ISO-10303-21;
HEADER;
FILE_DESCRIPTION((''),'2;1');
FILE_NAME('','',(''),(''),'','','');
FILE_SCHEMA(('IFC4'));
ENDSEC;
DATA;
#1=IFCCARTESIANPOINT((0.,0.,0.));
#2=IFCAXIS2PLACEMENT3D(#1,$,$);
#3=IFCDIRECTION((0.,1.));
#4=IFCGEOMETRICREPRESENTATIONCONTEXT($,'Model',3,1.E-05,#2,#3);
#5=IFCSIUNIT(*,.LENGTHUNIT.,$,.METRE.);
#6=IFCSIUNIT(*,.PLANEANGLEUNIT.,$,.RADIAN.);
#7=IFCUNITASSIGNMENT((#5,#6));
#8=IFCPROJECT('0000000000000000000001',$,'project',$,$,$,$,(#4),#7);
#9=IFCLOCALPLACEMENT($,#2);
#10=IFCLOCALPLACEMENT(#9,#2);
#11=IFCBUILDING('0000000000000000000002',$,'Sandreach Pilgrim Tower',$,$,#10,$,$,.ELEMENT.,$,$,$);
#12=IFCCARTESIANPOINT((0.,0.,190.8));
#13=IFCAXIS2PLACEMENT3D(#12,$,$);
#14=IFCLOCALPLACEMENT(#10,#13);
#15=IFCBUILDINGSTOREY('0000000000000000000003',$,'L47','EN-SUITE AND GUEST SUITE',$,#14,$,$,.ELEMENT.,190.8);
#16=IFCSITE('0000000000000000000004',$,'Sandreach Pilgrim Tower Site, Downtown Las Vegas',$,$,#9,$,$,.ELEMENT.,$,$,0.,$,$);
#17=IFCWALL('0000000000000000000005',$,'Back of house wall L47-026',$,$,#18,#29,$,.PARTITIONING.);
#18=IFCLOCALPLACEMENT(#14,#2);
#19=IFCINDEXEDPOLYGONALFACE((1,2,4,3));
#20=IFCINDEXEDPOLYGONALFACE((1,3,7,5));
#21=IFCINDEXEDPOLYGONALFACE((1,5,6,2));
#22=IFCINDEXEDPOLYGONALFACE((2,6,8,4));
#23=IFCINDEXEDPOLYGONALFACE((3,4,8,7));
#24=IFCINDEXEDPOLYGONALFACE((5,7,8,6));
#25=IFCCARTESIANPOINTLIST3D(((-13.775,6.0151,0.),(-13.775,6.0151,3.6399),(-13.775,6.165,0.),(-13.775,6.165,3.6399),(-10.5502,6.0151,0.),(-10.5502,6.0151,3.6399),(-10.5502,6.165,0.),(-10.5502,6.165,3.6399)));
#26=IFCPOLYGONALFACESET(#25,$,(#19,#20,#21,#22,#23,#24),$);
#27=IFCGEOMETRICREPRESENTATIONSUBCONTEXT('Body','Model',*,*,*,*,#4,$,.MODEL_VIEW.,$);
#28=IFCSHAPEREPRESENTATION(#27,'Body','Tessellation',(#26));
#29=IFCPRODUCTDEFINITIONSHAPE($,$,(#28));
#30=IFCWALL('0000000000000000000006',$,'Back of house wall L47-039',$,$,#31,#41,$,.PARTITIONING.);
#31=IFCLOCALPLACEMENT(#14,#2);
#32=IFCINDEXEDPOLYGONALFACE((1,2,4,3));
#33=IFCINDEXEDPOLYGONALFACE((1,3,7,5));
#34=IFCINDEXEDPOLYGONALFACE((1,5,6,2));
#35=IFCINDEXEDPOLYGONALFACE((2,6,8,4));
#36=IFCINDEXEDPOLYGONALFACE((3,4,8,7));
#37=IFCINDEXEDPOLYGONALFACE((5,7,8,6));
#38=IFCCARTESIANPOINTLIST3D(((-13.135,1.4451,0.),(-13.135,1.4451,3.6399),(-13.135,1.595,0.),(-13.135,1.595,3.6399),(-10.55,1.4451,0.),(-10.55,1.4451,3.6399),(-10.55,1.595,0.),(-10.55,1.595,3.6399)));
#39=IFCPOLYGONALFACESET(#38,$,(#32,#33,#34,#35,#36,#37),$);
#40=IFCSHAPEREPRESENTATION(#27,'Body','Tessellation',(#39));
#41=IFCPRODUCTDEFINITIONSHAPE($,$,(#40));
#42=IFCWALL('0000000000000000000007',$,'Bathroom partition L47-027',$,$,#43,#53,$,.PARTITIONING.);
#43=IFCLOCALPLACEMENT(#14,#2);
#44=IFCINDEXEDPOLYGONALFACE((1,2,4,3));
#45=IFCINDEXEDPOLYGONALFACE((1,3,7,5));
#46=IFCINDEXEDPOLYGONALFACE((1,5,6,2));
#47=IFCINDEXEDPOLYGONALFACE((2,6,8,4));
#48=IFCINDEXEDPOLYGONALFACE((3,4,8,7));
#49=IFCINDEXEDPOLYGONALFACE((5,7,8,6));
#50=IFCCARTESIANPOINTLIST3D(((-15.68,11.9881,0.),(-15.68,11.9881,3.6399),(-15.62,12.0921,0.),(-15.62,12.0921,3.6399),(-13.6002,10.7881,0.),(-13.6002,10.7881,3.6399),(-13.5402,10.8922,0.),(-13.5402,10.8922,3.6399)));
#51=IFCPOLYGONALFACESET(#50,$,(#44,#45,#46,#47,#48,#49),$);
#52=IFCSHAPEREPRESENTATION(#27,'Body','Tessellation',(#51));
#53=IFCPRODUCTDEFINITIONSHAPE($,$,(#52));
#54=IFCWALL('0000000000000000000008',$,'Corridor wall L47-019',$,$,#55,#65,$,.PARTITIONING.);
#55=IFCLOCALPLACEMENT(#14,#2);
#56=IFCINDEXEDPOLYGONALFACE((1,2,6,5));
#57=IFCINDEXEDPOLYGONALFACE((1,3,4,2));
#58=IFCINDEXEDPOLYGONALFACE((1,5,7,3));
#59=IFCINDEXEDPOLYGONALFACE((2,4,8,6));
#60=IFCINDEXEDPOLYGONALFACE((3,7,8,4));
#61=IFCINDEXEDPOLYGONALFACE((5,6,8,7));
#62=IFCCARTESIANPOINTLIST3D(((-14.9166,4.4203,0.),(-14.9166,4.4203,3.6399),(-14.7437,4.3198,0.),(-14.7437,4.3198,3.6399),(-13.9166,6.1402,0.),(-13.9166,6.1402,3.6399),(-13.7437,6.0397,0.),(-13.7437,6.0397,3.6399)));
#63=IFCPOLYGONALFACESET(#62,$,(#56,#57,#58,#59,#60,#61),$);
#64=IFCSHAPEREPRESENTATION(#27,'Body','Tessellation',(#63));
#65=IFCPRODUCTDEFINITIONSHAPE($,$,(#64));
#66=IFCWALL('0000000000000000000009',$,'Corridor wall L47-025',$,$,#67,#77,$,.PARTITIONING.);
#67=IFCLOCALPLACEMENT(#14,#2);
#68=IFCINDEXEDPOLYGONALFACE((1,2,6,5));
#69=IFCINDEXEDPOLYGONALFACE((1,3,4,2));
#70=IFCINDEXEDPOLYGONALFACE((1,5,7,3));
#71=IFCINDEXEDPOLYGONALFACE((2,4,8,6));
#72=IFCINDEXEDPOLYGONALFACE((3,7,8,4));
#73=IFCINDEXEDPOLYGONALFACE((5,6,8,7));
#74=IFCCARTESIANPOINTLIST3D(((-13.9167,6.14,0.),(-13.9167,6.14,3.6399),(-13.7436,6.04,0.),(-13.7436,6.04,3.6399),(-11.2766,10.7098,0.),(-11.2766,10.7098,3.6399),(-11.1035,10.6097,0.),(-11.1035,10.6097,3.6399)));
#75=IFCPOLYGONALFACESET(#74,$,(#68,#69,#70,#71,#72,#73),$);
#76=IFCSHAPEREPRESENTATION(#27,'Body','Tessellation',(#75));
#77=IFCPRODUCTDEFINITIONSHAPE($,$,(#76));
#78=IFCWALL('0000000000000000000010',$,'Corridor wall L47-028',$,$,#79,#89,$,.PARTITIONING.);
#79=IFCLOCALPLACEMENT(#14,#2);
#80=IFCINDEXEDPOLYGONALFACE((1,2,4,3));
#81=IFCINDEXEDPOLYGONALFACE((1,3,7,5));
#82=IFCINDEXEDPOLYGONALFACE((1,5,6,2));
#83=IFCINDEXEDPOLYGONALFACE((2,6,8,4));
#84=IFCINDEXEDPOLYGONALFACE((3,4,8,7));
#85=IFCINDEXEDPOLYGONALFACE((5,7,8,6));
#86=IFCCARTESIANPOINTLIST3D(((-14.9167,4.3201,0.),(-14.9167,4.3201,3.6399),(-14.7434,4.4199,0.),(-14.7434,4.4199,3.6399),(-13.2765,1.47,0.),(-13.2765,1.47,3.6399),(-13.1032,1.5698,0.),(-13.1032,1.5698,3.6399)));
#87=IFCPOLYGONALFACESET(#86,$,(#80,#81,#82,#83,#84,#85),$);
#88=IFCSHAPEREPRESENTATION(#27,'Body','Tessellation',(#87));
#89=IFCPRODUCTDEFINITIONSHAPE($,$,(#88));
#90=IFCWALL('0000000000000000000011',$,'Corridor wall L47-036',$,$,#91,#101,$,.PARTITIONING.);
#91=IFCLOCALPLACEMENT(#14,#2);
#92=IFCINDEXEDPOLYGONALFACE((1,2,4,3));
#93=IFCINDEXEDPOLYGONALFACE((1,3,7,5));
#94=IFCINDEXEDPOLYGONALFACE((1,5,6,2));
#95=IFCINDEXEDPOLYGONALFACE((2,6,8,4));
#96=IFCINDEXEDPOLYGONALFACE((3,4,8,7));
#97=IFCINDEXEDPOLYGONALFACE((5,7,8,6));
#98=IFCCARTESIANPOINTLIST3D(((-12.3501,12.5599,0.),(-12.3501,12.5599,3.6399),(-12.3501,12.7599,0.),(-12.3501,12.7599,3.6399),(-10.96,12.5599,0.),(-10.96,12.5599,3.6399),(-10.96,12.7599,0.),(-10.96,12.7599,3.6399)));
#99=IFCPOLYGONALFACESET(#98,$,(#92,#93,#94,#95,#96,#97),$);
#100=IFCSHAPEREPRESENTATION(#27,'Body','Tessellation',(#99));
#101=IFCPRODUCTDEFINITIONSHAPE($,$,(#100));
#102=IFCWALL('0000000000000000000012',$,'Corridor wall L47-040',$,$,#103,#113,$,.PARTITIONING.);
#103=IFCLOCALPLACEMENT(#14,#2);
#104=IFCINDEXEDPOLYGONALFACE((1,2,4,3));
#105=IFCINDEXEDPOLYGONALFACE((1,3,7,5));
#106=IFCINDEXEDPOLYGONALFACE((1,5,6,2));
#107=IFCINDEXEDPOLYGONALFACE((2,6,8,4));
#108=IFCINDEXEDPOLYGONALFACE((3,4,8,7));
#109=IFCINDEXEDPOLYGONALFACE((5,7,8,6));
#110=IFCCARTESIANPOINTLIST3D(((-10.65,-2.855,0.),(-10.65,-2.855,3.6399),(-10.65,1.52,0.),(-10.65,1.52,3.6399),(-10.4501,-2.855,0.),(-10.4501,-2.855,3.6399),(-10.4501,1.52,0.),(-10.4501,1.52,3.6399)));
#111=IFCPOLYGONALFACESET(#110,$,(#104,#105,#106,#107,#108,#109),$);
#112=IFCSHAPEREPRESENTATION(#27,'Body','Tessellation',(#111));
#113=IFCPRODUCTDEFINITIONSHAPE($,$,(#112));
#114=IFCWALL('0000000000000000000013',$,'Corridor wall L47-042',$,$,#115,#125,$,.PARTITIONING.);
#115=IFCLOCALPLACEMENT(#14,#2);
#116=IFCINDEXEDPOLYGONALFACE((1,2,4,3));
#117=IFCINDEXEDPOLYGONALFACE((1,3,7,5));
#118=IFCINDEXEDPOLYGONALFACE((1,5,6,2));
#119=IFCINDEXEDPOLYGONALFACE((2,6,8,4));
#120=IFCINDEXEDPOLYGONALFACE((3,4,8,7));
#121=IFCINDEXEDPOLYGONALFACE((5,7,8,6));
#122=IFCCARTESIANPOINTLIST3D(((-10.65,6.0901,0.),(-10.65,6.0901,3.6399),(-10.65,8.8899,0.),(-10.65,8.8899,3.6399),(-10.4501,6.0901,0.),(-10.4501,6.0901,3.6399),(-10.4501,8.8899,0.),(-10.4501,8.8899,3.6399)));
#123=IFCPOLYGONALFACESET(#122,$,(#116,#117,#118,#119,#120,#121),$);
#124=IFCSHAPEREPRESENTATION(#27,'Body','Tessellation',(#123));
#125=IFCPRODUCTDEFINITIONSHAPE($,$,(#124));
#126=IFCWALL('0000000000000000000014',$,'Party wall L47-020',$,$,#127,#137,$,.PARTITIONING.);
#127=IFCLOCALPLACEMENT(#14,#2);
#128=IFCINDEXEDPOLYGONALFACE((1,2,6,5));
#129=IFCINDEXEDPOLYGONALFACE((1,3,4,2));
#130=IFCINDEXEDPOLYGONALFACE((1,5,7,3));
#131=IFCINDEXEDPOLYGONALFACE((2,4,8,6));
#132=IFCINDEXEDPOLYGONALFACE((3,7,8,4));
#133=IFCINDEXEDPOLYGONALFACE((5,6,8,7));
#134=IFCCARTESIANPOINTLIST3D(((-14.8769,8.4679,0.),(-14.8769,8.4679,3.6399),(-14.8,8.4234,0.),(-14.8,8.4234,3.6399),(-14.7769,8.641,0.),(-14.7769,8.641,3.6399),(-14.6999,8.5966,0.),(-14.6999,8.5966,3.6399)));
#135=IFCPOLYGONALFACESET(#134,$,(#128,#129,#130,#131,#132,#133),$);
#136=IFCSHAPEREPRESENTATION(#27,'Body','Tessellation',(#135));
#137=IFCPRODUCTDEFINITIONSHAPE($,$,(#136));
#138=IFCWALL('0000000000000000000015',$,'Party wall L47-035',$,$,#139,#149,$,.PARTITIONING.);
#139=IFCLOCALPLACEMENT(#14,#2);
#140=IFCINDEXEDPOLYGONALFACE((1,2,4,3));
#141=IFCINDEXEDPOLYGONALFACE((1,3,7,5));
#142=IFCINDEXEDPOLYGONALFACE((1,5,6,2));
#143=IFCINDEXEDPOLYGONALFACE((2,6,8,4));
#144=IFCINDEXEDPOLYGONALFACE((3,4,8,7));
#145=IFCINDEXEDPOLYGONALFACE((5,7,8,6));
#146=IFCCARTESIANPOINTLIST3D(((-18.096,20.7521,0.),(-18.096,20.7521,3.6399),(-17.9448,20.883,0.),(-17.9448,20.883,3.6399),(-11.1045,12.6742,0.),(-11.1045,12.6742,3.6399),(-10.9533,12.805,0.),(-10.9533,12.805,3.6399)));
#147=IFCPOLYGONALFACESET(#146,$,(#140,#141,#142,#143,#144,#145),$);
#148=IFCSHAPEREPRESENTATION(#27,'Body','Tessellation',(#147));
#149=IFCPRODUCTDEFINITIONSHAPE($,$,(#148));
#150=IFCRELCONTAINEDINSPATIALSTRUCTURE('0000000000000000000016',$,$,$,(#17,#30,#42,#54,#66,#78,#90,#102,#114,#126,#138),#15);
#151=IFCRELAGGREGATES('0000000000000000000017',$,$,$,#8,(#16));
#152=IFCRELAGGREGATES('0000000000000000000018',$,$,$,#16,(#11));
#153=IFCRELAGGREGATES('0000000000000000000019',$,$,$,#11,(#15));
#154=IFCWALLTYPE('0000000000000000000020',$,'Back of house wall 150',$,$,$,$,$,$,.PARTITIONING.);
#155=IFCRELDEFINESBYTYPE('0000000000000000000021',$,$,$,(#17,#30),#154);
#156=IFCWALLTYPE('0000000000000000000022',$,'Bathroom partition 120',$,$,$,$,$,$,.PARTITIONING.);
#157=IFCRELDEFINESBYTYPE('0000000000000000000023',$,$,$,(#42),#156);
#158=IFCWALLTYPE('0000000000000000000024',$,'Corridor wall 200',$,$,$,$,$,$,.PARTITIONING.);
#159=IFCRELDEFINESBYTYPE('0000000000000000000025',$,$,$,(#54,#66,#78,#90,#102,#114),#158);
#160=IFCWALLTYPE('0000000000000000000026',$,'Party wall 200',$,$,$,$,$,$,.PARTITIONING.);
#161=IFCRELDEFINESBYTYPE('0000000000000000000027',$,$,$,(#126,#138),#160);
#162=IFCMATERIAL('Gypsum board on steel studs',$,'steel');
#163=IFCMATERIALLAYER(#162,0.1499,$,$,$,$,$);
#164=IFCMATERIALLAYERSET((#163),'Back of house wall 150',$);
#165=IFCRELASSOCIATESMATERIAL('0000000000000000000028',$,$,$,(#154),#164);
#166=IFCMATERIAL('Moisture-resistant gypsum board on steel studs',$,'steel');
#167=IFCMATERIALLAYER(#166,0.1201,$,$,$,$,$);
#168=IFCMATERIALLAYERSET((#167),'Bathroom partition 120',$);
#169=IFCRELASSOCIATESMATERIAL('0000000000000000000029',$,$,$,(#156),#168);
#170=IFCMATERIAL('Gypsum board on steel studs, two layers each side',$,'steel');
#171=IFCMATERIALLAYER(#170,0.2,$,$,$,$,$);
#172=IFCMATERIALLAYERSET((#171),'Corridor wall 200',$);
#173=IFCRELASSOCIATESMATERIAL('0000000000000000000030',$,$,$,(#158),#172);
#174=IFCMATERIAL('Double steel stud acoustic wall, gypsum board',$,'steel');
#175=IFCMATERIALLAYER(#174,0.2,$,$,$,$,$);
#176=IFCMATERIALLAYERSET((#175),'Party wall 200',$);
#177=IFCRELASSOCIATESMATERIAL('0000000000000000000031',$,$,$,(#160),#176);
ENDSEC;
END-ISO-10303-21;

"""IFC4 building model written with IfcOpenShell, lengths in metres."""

from ifc_helpers import new_model, si_unit, direction, frame, frame_2d, origin, place, context, subcontext, project, spatial, rectangle, extrude, material, layer, layer_set, type_object, element, save


model = new_model("IFC4")

# Units and contexts
model_context = context("Model", 3, precision=1e-05, world=origin(), true_north=direction((0.0, 1.0)))
body_context = subcontext(model_context, "Body", "Model", "MODEL_VIEW")
ifc_project = project(units=[si_unit("LENGTHUNIT", "METRE"), si_unit("PLANEANGLEUNIT", "RADIAN")], contexts=[model_context])

# Site, building, storey
site_placement = place(None, origin())
site = spatial("IfcSite", under=ifc_project, at=site_placement, Name="Sandreach Pilgrim Tower Site, Downtown Las Vegas", CompositionType="ELEMENT", RefElevation=0.0)
building_placement = place(site_placement, origin())
building = spatial("IfcBuilding", under=site, at=building_placement, Name="Sandreach Pilgrim Tower", CompositionType="ELEMENT")
storey_placement = place(building_placement, frame((0.0, 0.0, 190.8)))
storey = spatial("IfcBuildingStorey", under=building, at=storey_placement, Name="L47", Description="EN-SUITE AND GUEST SUITE", CompositionType="ELEMENT", Elevation=190.8)

# Walls
ifc_material_1 = material(Name="Gypsum board on steel studs", Category="steel")
ifc_layer_1 = layer(ifc_material_1, 0.1499)
ifc_layer_set_1 = layer_set([ifc_layer_1], Name="Back of house wall 150")
wall_type_1 = type_object("IfcWallType", Name="Back of house wall 150", PredefinedType="PARTITIONING", material=ifc_layer_set_1)
wall_1_placement = place(storey_placement, frame((-13.7749, 6.0901, 0.0), z_axis=(0.0, 0.0, 1.0), x_axis=(1.0, 0.0, 0.0)))
element("IfcWall", 1, at=wall_1_placement, inside=storey, type_object=wall_type_1, Name="Back of house wall L47-026", PredefinedType="PARTITIONING", context=body_context, shape_type="SweptSolid", body=[
    extrude(rectangle(XDim=3.2249, YDim=0.1499, at=frame_2d((1.6123, 0.0))), origin(), (0.0, 0.0, 1.0), 3.6399),
])
wall_2_placement = place(storey_placement, frame((-10.55, 1.52, 0.0), z_axis=(0.0, 0.0, 1.0), x_axis=(-1.0, 0.0, 0.0)))
element("IfcWall", 2, at=wall_2_placement, inside=storey, type_object=wall_type_1, Name="Back of house wall L47-039", PredefinedType="PARTITIONING", context=body_context, shape_type="SweptSolid", body=[
    extrude(rectangle(XDim=2.585, YDim=0.1499, at=frame_2d((1.2925, 0.0))), origin(), (0.0, 0.0, 1.0), 3.6399),
])
ifc_material_2 = material(Name="Moisture-resistant gypsum board on steel studs", Category="steel")
ifc_layer_2 = layer(ifc_material_2, 0.1201)
ifc_layer_set_2 = layer_set([ifc_layer_2], Name="Bathroom partition 120")
wall_type_2 = type_object("IfcWallType", Name="Bathroom partition 120", PredefinedType="PARTITIONING", material=ifc_layer_set_2)
wall_3_placement = place(storey_placement, frame((-13.5701, 10.8401, 0.0), z_axis=(0.0, 0.0, 1.0), x_axis=(-0.866177, 0.499737, 0.0)))
element("IfcWall", 3, at=wall_3_placement, inside=storey, type_object=wall_type_2, Name="Bathroom partition L47-027", PredefinedType="PARTITIONING", context=body_context, shape_type="SweptSolid", body=[
    extrude(rectangle(XDim=2.4011, YDim=0.1201, at=frame_2d((1.2007, 0.0))), origin(), (0.0, 0.0, 1.0), 3.6399),
])
ifc_material_3 = material(Name="Gypsum board on steel studs, two layers each side", Category="steel")
ifc_layer_3 = layer(ifc_material_3, 0.2)
ifc_layer_set_3 = layer_set([ifc_layer_3], Name="Corridor wall 200")
wall_type_3 = type_object("IfcWallType", Name="Corridor wall 200", PredefinedType="PARTITIONING", material=ifc_layer_set_3)
wall_4_placement = place(storey_placement, frame((-14.8301, 4.3701, 0.0), z_axis=(0.0, 0.0, 1.0), x_axis=(0.502627, 0.864503, 0.0)))
element("IfcWall", 4, at=wall_4_placement, inside=storey, type_object=wall_type_3, Name="Corridor wall L47-019", PredefinedType="PARTITIONING", context=body_context, shape_type="SweptSolid", body=[
    extrude(rectangle(XDim=1.9895, YDim=0.2, at=frame_2d((0.9946, 0.0))), origin(), (0.0, 0.0, 1.0), 3.6399),
])

# Walls
wall_5_placement = place(storey_placement, frame((-13.8301, 6.0901, 0.0), z_axis=(0.0, 0.0, 1.0), x_axis=(0.500248, 0.865882, 0.0)))
element("IfcWall", 5, at=wall_5_placement, inside=storey, type_object=wall_type_3, Name="Corridor wall L47-025", PredefinedType="PARTITIONING", context=body_context, shape_type="SweptSolid", body=[
    extrude(rectangle(XDim=5.2776, YDim=0.2, at=frame_2d((2.6387, 0.0))), origin(), (0.0, 0.0, 1.0), 3.6399),
])
wall_6_placement = place(storey_placement, frame((-13.1899, 1.52, 0.0), z_axis=(0.0, 0.0, 1.0), x_axis=(-0.498775, 0.866731, 0.0)))
element("IfcWall", 6, at=wall_6_placement, inside=storey, type_object=wall_type_3, Name="Corridor wall L47-028", PredefinedType="PARTITIONING", context=body_context, shape_type="SweptSolid", body=[
    extrude(rectangle(XDim=3.2883, YDim=0.2, at=frame_2d((1.644, 0.0))), origin(), (0.0, 0.0, 1.0), 3.6399),
])

# Walls
wall_7_placement = place(storey_placement, frame((-10.96, 12.6599, 0.0), z_axis=(0.0, 0.0, 1.0), x_axis=(-1.0, 0.0, 0.0)))
element("IfcWall", 7, at=wall_7_placement, inside=storey, type_object=wall_type_3, Name="Corridor wall L47-036", PredefinedType="PARTITIONING", context=body_context, shape_type="SweptSolid", body=[
    extrude(rectangle(XDim=1.3901, YDim=0.2, at=frame_2d((0.6951, 0.0))), origin(), (0.0, 0.0, 1.0), 3.6399),
])
wall_8_placement = place(storey_placement, frame((-10.55, 1.52, 0.0), z_axis=(0.0, 0.0, 1.0), x_axis=(0.0, -1.0, 0.0)))
element("IfcWall", 8, at=wall_8_placement, inside=storey, type_object=wall_type_3, Name="Corridor wall L47-040", PredefinedType="PARTITIONING", context=body_context, shape_type="SweptSolid", body=[
    extrude(rectangle(XDim=4.375, YDim=0.2, at=frame_2d((2.1875, 0.0))), origin(), (0.0, 0.0, 1.0), 3.6399),
])

# Walls
wall_9_placement = place(storey_placement, frame((-10.55, 8.8899, 0.0), z_axis=(0.0, 0.0, 1.0), x_axis=(0.0, -1.0, 0.0)))
element("IfcWall", 9, at=wall_9_placement, inside=storey, type_object=wall_type_3, Name="Corridor wall L47-042", PredefinedType="PARTITIONING", context=body_context, shape_type="SweptSolid", body=[
    extrude(rectangle(XDim=2.7998, YDim=0.2, at=frame_2d((1.3999, 0.0))), origin(), (0.0, 0.0, 1.0), 3.6399),
])
ifc_material_4 = material(Name="Double steel stud acoustic wall, gypsum board", Category="steel")
ifc_layer_4 = layer(ifc_material_4, 0.2)
ifc_layer_set_4 = layer_set([ifc_layer_4], Name="Party wall 200")
wall_type_4 = type_object("IfcWallType", Name="Party wall 200", PredefinedType="PARTITIONING", material=ifc_layer_set_4)
wall_10_placement = place(storey_placement, frame((-14.8269, 8.5544, 0.0), z_axis=(0.0, 0.0, 1.0), x_axis=(0.865865, -0.500278, 0.0)))
element("IfcWall", 10, at=wall_10_placement, inside=storey, type_object=wall_type_4, Name="Party wall L47-020", PredefinedType="PARTITIONING", context=body_context, shape_type="SweptSolid", body=[
    extrude(rectangle(XDim=0.0889, YDim=0.2, at=frame_2d((0.0444, 0.0))), origin(), (0.0, 0.0, 1.0), 3.6399),
])
wall_11_placement = place(storey_placement, frame((-11.0288, 12.7395, 0.0), z_axis=(0.0, 0.0, 1.0), x_axis=(-0.654429, 0.756123, 0.0)))
element("IfcWall", 11, at=wall_11_placement, inside=storey, type_object=wall_type_4, Name="Party wall L47-035", PredefinedType="PARTITIONING", context=body_context, shape_type="SweptSolid", body=[
    extrude(rectangle(XDim=10.6833, YDim=0.2, at=frame_2d((5.3418, 0.0))), origin(), (0.0, 0.0, 1.0), 3.6399),
])

save(model, "model.ifc")
